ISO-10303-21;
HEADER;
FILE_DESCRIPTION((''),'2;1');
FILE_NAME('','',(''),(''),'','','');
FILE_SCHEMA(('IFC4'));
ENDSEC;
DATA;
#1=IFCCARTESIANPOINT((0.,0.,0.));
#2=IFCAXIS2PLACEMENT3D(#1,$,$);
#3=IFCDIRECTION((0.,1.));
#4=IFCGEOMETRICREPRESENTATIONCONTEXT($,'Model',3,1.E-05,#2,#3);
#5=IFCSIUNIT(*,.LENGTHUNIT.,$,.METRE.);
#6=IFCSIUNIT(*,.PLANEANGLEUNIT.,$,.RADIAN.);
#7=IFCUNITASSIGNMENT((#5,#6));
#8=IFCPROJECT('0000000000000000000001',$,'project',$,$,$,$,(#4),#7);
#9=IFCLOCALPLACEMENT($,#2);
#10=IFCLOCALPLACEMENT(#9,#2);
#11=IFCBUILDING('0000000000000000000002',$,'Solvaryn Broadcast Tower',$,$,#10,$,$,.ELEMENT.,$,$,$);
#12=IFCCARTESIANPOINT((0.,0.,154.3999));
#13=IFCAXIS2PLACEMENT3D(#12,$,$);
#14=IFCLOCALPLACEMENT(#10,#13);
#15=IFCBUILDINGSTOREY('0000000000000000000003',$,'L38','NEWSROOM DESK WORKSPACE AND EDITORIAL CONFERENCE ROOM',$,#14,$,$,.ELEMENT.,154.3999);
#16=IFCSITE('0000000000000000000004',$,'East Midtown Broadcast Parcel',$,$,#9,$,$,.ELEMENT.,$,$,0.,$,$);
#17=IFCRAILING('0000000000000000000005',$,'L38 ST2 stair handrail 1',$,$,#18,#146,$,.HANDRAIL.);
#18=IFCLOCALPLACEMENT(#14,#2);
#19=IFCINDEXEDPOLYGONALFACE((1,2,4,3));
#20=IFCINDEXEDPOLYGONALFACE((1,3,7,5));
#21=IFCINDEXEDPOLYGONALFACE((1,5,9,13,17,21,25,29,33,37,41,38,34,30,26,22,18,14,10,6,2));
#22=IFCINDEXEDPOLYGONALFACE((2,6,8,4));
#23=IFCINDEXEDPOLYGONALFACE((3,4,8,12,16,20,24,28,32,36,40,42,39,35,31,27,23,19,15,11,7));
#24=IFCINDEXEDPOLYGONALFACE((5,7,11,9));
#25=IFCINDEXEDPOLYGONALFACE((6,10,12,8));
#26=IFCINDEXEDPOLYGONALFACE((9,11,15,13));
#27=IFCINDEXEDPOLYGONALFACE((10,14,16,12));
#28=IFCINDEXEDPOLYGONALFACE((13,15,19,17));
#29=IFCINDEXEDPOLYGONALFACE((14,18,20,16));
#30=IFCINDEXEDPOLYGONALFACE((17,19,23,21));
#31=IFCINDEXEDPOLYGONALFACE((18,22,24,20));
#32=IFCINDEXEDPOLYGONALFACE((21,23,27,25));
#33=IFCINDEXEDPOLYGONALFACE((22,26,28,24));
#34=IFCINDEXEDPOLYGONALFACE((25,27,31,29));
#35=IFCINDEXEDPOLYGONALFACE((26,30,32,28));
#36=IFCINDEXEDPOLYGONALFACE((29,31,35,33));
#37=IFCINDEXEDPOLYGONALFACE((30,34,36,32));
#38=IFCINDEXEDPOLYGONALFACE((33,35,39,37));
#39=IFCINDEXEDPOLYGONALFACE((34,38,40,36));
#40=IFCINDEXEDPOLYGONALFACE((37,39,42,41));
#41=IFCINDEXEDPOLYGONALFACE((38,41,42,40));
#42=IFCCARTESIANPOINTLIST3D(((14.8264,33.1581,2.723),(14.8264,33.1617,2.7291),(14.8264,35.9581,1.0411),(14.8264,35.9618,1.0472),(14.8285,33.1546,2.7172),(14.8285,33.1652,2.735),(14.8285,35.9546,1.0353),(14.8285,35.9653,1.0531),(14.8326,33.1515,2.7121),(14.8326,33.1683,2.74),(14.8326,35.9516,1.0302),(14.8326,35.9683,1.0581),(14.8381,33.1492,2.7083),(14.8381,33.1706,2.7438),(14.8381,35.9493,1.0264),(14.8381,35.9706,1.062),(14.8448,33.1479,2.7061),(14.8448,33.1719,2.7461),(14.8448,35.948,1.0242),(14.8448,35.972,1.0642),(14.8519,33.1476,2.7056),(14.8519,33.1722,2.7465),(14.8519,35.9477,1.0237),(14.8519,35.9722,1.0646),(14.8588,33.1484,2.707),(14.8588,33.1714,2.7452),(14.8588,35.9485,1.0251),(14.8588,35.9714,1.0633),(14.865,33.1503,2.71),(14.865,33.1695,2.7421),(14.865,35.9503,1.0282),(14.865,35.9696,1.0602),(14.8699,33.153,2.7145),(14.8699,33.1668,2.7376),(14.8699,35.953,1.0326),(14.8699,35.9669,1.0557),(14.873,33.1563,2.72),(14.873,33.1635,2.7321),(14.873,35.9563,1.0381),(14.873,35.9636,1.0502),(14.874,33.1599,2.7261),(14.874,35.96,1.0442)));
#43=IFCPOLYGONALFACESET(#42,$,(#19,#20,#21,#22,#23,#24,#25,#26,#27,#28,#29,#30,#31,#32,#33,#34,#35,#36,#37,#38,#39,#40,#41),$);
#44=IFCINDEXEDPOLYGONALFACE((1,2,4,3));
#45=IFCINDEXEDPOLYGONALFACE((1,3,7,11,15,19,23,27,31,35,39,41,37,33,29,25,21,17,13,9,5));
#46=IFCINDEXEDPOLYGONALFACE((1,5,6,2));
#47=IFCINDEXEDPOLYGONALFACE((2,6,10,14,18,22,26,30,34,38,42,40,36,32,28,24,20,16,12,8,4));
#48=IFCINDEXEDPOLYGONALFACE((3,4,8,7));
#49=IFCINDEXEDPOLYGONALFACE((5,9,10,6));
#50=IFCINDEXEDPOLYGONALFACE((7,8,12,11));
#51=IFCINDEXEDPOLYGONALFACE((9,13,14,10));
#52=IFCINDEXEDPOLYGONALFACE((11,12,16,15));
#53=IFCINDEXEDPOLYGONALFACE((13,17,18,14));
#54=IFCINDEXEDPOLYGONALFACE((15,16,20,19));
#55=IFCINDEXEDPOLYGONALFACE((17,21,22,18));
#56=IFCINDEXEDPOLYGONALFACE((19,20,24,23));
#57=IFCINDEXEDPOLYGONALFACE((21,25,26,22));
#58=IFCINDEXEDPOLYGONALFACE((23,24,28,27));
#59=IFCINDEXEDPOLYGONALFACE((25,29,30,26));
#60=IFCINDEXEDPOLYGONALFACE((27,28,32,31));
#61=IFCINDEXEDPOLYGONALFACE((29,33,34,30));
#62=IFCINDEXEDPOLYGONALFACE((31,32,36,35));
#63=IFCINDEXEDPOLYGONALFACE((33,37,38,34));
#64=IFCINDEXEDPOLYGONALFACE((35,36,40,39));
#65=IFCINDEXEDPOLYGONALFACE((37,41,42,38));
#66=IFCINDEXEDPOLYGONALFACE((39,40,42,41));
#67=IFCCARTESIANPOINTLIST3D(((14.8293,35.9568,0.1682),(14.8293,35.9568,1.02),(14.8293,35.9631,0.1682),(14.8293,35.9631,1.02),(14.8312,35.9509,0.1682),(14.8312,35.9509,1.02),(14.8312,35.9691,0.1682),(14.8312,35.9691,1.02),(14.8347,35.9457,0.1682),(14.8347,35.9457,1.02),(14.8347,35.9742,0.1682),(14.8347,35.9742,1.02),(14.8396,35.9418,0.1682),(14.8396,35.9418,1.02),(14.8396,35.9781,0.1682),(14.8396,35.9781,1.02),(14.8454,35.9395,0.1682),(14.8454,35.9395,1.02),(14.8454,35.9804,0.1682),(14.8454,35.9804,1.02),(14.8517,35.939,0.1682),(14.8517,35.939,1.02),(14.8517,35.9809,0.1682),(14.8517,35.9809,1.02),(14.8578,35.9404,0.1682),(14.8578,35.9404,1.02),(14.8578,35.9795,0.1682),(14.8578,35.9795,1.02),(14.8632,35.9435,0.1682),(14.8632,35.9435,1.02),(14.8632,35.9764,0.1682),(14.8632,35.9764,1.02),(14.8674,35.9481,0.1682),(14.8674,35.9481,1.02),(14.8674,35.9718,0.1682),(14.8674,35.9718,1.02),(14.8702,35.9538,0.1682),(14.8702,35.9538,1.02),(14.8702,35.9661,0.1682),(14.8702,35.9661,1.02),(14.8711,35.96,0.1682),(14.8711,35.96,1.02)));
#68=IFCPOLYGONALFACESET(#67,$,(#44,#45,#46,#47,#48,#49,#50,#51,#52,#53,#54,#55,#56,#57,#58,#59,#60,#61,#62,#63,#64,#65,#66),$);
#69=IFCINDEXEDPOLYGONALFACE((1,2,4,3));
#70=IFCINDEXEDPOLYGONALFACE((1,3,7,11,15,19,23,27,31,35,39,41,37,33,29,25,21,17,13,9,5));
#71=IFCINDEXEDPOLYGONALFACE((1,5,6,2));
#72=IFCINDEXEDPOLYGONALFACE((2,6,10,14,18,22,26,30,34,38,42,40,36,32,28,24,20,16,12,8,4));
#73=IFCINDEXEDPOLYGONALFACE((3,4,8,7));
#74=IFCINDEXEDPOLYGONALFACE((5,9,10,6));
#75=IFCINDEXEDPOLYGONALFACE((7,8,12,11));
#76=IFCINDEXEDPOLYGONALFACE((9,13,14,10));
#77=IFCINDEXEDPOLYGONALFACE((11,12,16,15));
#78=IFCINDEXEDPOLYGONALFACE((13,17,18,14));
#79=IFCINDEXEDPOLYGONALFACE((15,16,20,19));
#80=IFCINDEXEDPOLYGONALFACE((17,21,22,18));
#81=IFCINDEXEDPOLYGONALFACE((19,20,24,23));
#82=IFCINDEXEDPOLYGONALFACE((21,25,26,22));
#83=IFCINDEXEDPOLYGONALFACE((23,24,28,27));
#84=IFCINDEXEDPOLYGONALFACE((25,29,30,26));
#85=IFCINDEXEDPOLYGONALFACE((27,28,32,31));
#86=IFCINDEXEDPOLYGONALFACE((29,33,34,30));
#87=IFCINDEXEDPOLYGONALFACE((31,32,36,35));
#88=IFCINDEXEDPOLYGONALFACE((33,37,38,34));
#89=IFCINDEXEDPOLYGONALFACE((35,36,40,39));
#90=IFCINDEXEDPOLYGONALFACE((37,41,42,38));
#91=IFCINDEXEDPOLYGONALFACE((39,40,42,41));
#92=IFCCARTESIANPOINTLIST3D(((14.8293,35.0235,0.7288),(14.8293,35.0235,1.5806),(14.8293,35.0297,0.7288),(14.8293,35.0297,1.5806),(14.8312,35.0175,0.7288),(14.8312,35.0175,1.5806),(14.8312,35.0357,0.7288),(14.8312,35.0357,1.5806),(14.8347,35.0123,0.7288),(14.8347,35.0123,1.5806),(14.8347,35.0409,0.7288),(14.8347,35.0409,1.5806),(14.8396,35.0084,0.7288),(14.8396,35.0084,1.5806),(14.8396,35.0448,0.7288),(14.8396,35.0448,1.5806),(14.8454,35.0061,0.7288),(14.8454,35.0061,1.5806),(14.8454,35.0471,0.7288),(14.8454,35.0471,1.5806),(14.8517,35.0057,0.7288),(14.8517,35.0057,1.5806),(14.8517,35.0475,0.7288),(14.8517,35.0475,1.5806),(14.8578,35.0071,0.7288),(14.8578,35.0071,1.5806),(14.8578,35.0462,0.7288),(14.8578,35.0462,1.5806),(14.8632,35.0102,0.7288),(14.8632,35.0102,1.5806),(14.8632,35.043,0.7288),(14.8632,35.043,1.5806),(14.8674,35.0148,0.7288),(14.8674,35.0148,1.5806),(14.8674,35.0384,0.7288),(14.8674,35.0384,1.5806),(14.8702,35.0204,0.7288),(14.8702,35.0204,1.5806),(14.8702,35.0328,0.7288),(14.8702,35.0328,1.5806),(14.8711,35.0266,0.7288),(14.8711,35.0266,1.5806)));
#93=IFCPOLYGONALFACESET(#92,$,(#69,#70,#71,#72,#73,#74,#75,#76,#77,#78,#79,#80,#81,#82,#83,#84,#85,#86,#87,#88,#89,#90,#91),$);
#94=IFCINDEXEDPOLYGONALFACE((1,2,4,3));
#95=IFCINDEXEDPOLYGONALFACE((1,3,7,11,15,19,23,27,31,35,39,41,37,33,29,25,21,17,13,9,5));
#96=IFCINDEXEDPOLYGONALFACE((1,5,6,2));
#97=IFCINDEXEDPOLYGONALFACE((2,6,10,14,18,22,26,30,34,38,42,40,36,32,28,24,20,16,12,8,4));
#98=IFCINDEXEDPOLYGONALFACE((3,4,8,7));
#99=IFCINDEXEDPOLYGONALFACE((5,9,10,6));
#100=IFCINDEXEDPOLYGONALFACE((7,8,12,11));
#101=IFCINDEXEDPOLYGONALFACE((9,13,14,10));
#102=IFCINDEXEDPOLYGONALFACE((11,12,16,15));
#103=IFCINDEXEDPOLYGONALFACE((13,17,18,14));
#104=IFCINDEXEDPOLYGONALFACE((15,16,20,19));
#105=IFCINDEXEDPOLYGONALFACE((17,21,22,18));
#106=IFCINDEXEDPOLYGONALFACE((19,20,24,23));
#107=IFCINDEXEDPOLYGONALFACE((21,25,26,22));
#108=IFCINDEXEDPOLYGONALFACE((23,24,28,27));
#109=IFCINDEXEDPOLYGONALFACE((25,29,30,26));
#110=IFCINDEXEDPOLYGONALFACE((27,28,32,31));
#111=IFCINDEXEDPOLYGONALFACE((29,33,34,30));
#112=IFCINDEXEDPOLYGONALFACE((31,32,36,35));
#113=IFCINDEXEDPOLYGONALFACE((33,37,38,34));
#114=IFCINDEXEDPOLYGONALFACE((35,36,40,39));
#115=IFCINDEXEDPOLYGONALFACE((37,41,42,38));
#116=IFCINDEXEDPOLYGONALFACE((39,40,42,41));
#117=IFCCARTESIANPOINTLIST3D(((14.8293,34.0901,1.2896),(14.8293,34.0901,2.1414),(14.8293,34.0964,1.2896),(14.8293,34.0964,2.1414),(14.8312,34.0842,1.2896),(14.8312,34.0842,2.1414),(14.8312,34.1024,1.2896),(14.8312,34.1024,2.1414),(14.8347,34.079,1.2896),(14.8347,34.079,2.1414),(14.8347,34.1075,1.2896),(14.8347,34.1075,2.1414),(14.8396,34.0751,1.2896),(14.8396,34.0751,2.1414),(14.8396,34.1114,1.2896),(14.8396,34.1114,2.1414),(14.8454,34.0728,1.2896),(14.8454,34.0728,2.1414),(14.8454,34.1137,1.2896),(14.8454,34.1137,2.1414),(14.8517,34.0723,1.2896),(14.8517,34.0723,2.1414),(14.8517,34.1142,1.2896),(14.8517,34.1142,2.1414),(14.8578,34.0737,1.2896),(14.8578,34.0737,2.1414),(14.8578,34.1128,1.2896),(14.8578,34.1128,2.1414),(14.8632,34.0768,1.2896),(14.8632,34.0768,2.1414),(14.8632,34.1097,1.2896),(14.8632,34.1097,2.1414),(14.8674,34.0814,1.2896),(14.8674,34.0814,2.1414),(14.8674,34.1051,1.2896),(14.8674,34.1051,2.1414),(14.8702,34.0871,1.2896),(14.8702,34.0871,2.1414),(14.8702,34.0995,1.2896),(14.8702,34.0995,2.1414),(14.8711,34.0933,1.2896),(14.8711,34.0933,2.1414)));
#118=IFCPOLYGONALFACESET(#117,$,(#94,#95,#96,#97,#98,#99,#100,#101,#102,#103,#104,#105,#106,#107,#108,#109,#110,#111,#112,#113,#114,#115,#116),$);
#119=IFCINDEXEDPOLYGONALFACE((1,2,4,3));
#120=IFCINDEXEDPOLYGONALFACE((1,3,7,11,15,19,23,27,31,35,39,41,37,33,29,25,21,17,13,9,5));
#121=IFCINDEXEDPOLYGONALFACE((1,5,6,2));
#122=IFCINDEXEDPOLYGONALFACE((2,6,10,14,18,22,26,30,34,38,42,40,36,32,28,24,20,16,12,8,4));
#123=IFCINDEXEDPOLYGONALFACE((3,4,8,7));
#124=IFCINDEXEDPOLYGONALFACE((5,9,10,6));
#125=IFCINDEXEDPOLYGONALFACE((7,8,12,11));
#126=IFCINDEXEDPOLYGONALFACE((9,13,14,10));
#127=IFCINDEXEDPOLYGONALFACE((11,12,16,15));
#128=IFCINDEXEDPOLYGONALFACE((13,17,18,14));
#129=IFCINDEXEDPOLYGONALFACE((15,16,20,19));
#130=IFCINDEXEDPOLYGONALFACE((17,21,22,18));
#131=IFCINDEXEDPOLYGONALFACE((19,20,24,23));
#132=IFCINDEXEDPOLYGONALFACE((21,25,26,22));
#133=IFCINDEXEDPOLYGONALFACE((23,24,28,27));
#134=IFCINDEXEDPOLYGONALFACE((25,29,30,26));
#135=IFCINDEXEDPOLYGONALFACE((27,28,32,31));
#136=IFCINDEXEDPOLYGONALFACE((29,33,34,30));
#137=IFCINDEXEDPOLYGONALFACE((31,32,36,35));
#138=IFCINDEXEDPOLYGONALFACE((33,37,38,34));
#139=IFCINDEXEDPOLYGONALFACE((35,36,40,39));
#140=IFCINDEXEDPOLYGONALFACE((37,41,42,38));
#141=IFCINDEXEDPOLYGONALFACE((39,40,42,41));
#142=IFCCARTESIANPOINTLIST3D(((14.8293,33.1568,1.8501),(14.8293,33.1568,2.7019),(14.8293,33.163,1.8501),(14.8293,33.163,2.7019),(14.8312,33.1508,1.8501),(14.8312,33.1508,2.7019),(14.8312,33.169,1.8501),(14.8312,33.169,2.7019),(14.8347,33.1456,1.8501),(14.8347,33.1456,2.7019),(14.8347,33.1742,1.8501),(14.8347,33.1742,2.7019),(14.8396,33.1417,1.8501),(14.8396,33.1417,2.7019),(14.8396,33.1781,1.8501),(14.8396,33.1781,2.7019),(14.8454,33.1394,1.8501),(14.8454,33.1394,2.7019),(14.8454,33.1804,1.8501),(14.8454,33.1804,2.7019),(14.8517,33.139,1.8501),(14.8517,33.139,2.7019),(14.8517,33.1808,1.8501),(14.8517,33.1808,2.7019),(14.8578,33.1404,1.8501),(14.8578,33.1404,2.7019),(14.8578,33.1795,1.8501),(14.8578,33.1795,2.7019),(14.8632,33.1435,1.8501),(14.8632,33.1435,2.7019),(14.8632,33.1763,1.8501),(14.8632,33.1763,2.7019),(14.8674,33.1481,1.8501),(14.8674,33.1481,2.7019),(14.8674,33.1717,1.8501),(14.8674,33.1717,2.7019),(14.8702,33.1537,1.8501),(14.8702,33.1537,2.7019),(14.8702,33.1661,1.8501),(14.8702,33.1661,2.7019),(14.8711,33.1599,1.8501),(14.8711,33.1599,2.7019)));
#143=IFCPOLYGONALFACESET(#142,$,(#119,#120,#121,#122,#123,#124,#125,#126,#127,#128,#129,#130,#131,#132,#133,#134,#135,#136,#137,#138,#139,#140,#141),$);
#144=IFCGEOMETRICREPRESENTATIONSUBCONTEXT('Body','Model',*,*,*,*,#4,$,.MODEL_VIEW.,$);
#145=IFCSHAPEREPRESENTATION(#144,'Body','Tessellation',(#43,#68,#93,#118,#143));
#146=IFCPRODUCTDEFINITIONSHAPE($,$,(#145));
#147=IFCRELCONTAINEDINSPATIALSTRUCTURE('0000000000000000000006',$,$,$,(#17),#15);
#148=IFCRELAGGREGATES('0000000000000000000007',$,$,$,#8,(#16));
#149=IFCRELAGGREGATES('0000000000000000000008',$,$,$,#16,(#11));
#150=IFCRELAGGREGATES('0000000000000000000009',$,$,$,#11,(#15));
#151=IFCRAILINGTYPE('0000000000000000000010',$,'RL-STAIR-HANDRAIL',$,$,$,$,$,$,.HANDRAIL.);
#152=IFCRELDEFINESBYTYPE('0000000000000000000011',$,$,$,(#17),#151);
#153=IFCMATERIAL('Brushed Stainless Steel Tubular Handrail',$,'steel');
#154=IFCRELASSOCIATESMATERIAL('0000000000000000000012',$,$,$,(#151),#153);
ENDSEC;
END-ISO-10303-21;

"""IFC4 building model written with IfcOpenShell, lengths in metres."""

from ifc_helpers import new_model, si_unit, direction, frame, origin, origin_2d, place, context, subcontext, project, spatial, circle, extrude, material, type_object, element, save


model = new_model("IFC4")

# Units and contexts
model_context = context("Model", 3, precision=1e-05, world=origin(), true_north=direction((0.0, 1.0)))
body_context = subcontext(model_context, "Body", "Model", "MODEL_VIEW")
ifc_project = project(units=[si_unit("LENGTHUNIT", "METRE"), si_unit("PLANEANGLEUNIT", "RADIAN")], contexts=[model_context])

# Site, building, storey
site_placement = place(None, origin())
site = spatial("IfcSite", under=ifc_project, at=site_placement, Name="East Midtown Broadcast Parcel", CompositionType="ELEMENT", RefElevation=0.0)
building_placement = place(site_placement, origin())
building = spatial("IfcBuilding", under=site, at=building_placement, Name="Solvaryn Broadcast Tower", CompositionType="ELEMENT")
storey_placement = place(building_placement, frame((0.0, 0.0, 154.3999)))
storey = spatial("IfcBuildingStorey", under=building, at=storey_placement, Name="L38", Description="NEWSROOM DESK WORKSPACE AND EDITORIAL CONFERENCE ROOM", CompositionType="ELEMENT", Elevation=154.3999)

# Railing
ifc_material_1 = material(Name="Brushed Stainless Steel Tubular Handrail", Category="steel")
railing_type_1 = type_object("IfcRailingType", Name="RL-STAIR-HANDRAIL", PredefinedType="HANDRAIL", material=ifc_material_1)
railing_1_placement = place(storey_placement, frame((14.8501, 35.96, 0.1682)))
element("IfcRailing", 1, at=railing_1_placement, inside=storey, type_object=railing_type_1, Name="L38 ST2 stair handrail 1", PredefinedType="HANDRAIL", context=body_context, shape_type="SweptSolid", body=[
    extrude(circle(Radius=0.0239, at=origin_2d()), frame((0.0, 0.0, 0.876), z_axis=(0.0, -0.857242, 0.514913), x_axis=(1.0, 0.0, 0.0)), (0.0, 0.0, 1.0), 3.2664),
    extrude(circle(Radius=0.021, at=origin_2d()), origin(), (0.0, 0.0, 1.0), 0.8518),
    extrude(circle(Radius=0.021, at=origin_2d()), frame((0.0, -0.9333, 0.5605)), (0.0, 0.0, 1.0), 0.8518),
    extrude(circle(Radius=0.021, at=origin_2d()), frame((0.0, -1.8667, 1.1213)), (0.0, 0.0, 1.0), 0.8518),
    extrude(circle(Radius=0.021, at=origin_2d()), frame((0.0, -2.8, 1.6819)), (0.0, 0.0, 1.0), 0.8518),
])

save(model, "model.ifc")
